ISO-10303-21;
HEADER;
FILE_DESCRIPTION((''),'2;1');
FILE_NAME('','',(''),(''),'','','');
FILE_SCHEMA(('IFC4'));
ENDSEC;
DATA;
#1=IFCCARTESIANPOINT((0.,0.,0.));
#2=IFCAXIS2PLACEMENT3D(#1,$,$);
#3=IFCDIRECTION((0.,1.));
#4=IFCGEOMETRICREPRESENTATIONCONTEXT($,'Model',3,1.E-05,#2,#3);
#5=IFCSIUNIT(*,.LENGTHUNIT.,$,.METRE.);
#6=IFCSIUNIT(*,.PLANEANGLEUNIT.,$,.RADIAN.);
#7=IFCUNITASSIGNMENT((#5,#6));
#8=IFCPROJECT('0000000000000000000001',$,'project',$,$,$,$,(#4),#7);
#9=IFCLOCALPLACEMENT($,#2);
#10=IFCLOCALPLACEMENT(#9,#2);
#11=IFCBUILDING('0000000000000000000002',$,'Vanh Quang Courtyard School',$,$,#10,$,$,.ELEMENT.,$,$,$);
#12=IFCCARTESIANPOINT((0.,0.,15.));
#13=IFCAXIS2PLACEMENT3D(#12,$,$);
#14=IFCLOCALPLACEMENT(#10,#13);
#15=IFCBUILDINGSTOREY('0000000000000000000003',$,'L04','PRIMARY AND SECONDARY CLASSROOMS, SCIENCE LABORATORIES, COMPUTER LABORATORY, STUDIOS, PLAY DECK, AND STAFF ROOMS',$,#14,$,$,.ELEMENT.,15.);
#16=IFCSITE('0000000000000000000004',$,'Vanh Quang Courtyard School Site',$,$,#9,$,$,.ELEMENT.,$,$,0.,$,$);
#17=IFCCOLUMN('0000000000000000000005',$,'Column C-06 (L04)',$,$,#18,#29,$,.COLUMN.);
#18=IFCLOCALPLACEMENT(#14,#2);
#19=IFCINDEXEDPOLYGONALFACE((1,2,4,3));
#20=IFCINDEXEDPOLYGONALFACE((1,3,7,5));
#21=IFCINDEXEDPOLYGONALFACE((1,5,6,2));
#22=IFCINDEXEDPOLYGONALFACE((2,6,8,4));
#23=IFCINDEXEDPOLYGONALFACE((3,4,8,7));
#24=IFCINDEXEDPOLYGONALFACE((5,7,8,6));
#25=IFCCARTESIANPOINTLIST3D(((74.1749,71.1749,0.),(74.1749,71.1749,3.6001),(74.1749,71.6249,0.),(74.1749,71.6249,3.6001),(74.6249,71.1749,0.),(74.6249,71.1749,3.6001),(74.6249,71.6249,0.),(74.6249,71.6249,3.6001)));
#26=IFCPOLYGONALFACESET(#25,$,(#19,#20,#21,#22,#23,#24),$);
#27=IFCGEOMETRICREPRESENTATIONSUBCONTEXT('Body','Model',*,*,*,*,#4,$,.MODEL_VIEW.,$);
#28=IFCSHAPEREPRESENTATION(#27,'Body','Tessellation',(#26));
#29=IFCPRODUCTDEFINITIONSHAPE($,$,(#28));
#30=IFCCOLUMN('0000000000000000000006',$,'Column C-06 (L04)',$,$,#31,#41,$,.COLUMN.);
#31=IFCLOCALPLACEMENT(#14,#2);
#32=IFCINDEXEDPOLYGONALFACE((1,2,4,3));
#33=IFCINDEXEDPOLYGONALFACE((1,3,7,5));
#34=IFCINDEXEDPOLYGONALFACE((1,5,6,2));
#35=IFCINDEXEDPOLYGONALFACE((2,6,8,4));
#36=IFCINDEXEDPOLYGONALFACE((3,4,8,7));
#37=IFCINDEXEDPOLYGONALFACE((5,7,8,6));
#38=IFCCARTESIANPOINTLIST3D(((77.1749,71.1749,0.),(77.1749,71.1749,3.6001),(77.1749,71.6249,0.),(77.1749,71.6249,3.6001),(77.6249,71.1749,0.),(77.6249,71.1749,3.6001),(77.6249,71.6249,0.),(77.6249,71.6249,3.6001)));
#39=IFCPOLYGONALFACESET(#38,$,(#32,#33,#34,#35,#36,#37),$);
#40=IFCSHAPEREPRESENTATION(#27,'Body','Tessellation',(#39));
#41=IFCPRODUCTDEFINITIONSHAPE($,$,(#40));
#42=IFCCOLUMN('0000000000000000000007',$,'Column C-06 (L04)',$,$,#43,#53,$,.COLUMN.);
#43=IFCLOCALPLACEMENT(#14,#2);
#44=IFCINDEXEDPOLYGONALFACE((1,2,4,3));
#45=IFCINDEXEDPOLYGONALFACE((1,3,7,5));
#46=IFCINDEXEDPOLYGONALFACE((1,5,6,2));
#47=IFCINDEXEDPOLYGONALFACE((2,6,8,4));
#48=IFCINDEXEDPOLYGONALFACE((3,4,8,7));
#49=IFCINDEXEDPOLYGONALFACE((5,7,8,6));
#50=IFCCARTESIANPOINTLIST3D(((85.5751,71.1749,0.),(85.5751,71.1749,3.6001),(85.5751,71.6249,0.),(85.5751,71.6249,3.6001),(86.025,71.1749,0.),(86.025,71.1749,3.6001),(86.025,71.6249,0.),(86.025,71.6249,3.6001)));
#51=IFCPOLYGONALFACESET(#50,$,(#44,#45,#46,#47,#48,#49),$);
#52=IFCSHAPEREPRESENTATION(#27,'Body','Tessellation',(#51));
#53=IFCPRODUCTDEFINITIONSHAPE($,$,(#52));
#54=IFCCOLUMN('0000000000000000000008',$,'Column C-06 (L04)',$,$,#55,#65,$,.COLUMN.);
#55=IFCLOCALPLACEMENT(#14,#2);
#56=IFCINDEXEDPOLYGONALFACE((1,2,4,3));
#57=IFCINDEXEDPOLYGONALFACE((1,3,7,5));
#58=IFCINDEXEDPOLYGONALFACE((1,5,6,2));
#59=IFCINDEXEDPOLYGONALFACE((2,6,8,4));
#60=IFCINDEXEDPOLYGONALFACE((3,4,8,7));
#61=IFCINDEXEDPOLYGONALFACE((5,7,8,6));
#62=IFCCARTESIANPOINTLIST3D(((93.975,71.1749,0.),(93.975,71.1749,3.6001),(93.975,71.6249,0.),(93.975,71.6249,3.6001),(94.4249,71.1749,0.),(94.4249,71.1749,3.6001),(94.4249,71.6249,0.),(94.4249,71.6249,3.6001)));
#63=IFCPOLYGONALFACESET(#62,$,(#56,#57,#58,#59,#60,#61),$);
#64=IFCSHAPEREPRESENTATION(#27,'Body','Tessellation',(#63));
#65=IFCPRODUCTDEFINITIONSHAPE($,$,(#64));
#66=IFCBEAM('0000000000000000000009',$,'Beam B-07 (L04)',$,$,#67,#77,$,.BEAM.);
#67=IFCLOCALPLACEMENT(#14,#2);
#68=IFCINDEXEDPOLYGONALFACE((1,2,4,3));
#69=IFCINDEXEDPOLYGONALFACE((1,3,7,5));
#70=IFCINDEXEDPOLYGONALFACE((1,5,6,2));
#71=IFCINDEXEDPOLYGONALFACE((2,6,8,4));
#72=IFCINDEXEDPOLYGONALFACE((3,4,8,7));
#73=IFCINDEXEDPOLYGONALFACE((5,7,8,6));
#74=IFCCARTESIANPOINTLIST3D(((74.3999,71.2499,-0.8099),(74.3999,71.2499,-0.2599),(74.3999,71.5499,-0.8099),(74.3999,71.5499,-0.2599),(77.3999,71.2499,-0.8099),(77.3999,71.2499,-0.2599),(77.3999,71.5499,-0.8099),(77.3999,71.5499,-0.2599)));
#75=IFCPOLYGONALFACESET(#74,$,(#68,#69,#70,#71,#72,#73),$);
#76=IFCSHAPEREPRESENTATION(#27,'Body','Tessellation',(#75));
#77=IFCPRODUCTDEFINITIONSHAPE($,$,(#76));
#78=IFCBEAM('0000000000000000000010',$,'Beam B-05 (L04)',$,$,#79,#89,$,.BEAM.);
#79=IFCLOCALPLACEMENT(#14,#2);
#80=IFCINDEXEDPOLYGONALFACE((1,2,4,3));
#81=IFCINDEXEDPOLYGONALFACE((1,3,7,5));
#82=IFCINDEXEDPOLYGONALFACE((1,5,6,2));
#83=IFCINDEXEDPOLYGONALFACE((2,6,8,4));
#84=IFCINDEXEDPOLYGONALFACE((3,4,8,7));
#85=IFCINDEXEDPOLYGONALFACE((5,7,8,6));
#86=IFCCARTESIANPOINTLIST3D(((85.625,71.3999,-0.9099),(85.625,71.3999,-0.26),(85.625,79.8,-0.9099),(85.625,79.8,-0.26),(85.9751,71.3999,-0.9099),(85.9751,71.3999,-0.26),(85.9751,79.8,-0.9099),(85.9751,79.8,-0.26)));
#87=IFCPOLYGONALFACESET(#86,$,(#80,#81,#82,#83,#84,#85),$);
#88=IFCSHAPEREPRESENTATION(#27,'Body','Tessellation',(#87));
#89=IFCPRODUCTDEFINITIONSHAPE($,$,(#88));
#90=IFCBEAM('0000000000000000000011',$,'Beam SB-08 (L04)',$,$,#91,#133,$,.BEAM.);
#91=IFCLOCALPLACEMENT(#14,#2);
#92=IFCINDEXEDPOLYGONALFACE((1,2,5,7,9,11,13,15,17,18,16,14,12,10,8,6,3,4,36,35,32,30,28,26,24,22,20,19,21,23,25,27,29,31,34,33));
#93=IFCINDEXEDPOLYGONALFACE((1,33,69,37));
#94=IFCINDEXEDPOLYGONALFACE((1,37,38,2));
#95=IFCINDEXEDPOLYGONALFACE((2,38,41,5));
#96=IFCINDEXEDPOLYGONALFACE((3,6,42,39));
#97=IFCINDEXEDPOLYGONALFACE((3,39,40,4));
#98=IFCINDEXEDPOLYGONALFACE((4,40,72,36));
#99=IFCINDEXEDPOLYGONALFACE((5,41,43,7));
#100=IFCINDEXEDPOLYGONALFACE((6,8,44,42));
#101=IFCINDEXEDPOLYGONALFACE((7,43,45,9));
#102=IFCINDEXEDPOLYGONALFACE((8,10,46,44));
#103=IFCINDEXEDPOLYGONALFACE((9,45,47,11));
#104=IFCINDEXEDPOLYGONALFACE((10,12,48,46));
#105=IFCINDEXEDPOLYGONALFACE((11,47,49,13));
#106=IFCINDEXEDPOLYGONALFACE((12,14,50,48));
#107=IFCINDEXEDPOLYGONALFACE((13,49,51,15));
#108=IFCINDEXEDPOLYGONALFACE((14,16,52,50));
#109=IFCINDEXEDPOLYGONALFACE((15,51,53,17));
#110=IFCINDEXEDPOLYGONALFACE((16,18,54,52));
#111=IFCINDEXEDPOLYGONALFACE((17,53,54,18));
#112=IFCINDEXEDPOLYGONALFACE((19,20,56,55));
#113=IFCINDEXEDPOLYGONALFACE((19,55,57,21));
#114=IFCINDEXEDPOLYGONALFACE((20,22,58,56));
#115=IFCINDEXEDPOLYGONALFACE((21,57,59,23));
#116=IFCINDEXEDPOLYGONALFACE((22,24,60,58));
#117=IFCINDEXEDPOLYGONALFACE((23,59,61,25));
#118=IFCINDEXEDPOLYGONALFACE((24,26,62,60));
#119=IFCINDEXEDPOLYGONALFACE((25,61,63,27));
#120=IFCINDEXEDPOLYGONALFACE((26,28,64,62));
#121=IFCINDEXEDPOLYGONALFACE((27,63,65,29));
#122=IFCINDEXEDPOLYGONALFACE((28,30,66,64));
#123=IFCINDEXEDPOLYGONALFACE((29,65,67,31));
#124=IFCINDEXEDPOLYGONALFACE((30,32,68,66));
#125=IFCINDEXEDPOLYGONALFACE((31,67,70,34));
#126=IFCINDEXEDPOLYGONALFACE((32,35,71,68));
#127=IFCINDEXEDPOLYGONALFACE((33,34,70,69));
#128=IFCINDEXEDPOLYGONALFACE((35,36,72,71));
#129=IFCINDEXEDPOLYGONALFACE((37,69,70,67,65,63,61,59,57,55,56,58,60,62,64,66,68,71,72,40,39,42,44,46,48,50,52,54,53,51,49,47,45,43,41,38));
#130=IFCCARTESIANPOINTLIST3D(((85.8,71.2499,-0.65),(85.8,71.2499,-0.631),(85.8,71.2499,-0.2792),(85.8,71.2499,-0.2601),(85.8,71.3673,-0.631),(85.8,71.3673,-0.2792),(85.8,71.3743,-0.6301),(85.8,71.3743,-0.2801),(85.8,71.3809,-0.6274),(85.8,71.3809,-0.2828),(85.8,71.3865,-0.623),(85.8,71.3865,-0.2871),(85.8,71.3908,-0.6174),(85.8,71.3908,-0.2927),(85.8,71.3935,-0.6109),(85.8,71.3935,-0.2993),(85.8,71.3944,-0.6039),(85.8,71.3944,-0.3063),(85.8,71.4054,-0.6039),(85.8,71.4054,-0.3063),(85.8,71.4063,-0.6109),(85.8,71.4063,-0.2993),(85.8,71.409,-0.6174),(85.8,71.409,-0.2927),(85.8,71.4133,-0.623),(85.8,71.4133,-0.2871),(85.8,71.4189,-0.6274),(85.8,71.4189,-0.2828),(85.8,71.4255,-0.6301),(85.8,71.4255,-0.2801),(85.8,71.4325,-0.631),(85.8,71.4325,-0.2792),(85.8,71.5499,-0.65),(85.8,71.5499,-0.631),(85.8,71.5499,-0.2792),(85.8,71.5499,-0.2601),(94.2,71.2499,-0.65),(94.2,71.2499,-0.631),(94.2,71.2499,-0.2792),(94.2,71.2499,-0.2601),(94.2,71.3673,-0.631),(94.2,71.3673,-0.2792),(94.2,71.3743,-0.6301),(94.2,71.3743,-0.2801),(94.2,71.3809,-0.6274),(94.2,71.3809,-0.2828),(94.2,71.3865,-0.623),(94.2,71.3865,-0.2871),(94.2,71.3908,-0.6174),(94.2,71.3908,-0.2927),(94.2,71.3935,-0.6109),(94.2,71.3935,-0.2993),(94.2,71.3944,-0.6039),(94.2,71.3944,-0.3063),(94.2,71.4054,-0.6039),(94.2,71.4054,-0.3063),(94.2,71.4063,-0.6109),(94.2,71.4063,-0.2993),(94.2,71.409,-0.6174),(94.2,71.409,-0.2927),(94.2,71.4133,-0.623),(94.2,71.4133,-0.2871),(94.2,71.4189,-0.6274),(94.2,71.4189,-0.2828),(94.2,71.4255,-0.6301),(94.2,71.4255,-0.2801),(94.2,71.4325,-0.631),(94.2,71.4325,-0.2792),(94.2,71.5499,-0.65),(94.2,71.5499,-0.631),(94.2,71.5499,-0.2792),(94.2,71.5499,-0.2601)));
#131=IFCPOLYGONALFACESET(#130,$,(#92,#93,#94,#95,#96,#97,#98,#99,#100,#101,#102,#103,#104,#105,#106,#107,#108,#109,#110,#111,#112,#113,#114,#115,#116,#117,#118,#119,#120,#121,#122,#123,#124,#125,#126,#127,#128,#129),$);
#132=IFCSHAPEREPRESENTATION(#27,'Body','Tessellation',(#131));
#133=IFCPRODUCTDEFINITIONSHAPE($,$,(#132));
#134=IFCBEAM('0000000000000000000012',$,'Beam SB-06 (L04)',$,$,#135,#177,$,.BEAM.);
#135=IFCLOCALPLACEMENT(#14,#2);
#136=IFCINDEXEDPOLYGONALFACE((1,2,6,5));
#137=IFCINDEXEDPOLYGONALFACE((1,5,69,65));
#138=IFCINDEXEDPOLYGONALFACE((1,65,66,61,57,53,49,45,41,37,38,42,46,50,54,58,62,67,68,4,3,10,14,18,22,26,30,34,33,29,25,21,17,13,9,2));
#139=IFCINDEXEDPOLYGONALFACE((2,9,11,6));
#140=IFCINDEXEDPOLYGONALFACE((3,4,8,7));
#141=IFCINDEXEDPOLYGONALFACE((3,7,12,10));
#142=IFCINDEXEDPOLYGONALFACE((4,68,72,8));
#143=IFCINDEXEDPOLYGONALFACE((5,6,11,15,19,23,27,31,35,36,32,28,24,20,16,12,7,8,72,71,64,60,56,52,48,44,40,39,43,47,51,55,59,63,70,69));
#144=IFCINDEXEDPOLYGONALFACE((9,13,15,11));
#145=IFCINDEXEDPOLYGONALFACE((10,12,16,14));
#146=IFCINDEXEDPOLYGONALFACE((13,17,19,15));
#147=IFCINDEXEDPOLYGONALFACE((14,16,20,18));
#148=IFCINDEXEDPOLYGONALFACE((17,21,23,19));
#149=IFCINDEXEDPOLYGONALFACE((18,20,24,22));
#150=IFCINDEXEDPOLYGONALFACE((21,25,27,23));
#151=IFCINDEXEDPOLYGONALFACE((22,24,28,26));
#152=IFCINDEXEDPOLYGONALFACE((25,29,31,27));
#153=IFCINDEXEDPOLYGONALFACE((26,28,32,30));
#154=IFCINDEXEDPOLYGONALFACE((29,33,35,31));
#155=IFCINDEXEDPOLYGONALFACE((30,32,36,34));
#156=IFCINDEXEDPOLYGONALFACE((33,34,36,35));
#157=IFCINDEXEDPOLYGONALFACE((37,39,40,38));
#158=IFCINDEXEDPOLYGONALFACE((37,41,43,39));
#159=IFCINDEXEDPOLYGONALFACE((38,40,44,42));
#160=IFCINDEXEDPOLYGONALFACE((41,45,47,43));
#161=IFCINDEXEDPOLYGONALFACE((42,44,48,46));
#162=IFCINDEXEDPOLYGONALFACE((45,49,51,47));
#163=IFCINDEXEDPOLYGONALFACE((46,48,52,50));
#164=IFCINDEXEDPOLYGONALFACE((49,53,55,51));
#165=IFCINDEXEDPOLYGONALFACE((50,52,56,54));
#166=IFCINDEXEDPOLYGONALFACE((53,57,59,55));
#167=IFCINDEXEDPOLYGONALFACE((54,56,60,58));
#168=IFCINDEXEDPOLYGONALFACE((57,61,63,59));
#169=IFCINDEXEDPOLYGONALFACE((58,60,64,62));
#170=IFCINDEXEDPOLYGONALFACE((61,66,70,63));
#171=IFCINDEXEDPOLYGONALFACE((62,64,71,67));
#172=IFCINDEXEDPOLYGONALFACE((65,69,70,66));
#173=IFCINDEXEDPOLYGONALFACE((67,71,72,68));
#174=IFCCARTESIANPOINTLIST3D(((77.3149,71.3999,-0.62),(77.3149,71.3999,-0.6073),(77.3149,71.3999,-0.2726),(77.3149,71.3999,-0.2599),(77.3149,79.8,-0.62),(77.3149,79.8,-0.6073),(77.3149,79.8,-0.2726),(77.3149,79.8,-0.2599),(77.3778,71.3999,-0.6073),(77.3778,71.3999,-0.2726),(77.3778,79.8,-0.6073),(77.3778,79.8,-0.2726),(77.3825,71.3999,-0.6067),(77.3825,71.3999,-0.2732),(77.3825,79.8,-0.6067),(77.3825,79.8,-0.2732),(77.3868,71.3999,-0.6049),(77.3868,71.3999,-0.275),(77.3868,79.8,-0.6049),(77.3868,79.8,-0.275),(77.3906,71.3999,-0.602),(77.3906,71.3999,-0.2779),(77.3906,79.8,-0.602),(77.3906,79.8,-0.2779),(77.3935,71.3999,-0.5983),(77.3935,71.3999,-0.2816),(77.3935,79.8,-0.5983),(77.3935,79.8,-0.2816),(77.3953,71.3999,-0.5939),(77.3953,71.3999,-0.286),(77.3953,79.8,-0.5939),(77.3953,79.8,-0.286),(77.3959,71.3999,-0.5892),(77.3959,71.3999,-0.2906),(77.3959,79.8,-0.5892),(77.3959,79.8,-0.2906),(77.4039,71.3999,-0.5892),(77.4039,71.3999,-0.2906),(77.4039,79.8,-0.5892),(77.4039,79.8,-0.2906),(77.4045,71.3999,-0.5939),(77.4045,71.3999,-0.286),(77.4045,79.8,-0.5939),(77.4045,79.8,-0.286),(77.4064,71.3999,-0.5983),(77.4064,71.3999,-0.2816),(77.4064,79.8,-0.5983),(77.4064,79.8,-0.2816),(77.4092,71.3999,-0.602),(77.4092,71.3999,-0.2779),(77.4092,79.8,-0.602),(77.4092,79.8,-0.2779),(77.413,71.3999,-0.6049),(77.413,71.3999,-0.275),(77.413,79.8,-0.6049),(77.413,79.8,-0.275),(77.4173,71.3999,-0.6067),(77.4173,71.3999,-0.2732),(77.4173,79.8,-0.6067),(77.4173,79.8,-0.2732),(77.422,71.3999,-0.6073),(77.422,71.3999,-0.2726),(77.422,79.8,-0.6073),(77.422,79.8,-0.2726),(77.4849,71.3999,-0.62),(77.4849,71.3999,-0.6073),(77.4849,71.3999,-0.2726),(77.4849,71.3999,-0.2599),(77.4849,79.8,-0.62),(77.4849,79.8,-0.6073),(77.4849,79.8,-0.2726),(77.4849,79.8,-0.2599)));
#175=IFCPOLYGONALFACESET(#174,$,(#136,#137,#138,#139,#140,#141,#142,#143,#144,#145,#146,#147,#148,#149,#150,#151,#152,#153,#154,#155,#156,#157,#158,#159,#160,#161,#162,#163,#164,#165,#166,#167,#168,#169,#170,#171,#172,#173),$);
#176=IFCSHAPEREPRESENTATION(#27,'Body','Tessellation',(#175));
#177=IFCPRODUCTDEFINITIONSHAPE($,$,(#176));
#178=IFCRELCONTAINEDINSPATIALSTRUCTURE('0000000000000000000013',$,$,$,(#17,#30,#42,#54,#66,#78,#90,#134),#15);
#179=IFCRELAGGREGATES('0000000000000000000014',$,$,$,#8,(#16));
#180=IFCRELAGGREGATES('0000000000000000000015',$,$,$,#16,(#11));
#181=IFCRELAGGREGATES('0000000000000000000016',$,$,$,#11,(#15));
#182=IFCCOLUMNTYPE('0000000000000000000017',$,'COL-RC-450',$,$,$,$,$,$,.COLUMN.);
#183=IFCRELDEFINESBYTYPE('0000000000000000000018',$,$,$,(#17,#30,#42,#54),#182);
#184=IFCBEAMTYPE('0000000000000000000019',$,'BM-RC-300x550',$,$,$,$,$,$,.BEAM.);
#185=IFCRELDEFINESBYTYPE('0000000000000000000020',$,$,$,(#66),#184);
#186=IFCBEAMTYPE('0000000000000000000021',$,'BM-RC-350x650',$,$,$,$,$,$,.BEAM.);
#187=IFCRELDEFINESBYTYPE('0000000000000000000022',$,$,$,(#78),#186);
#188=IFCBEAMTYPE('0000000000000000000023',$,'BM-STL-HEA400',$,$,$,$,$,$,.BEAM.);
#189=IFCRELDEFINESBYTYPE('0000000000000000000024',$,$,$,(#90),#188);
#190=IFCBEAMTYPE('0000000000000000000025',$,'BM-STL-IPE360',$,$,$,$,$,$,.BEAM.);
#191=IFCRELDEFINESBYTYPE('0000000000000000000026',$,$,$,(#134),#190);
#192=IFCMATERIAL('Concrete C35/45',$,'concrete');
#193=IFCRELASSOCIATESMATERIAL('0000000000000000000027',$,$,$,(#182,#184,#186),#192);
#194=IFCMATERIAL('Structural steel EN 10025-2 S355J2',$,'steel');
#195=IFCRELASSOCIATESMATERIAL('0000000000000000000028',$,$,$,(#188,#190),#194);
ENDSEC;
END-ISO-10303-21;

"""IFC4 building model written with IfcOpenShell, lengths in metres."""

from ifc_helpers import new_model, si_unit, direction, frame, origin, origin_2d, place, context, subcontext, project, spatial, rectangle, i_section, extrude, material, material_profile, profile_set, type_object, element, save


model = new_model("IFC4")

# Units and contexts
model_context = context("Model", 3, precision=1e-05, world=origin(), true_north=direction((0.0, 1.0)))
body_context = subcontext(model_context, "Body", "Model", "MODEL_VIEW")
ifc_project = project(units=[si_unit("LENGTHUNIT", "METRE"), si_unit("PLANEANGLEUNIT", "RADIAN")], contexts=[model_context])

# Site, building, storey
site_placement = place(None, origin())
site = spatial("IfcSite", under=ifc_project, at=site_placement, Name="Vanh Quang Courtyard School Site", CompositionType="ELEMENT", RefElevation=0.0)
building_placement = place(site_placement, origin())
building = spatial("IfcBuilding", under=site, at=building_placement, Name="Vanh Quang Courtyard School", CompositionType="ELEMENT")
storey_placement = place(building_placement, frame((0.0, 0.0, 15.0)))
storey = spatial("IfcBuildingStorey", under=building, at=storey_placement, Name="L04", Description="PRIMARY AND SECONDARY CLASSROOMS, SCIENCE LABORATORIES, COMPUTER LABORATORY, STUDIOS, PLAY DECK, AND STAFF ROOMS", CompositionType="ELEMENT", Elevation=15.0)

# Columns
ifc_material_1 = material(Name="Concrete C35/45", Category="concrete")
ifc_material_profile_1 = material_profile(ifc_material_1, rectangle(XDim=0.45, YDim=0.45, at=origin_2d()), Name="RC-COL 450x450")
ifc_profile_set_1 = profile_set([ifc_material_profile_1], Name="Concrete C35/45")
column_type = type_object("IfcColumnType", Name="COL-RC-450", PredefinedType="COLUMN", material=ifc_profile_set_1)
for number, where, z_axis, x_axis, name in (
    (1, (74.3999, 71.3999, 0.0), (0.0, 0.0, 1.0), (1.0, 0.0, 0.0), "Column C-06 (L04)"),
    (2, (77.3999, 71.3999, 0.0), (0.0, 0.0, 1.0), (1.0, 0.0, 0.0), "Column C-06 (L04)"),
    (3, (85.8, 71.3999, 0.0), (0.0, 0.0, 1.0), (1.0, 0.0, 0.0), "Column C-06 (L04)"),
    (4, (94.2, 71.3999, 0.0), (0.0, 0.0, 1.0), (1.0, 0.0, 0.0), "Column C-06 (L04)"),
):
    element("IfcColumn", number, at=place(storey_placement, frame(where, z_axis=z_axis, x_axis=x_axis)), inside=storey, type_object=column_type, Name=name, PredefinedType="COLUMN", context=body_context, shape_type="SweptSolid", body=[
        extrude(rectangle(XDim=0.45, YDim=0.45, at=origin_2d()), origin(), (0.0, 0.0, 1.0), 3.6001),
    ])

# Beams
ifc_material_profile_2 = material_profile(ifc_material_1, rectangle(XDim=0.3, YDim=0.55, at=origin_2d()), Name="RC-BM 300x550")
ifc_profile_set_2 = profile_set([ifc_material_profile_2], Name="Concrete C35/45")
beam_type_1 = type_object("IfcBeamType", Name="BM-RC-300x550", PredefinedType="BEAM", material=ifc_profile_set_2)
beam_1_placement = place(storey_placement, frame((74.3999, 71.3999, -0.5349), z_axis=(1.0, 0.0, 0.0), x_axis=(0.0, 1.0, 0.0)))
element("IfcBeam", 5, at=beam_1_placement, inside=storey, type_object=beam_type_1, Name="Beam B-07 (L04)", PredefinedType="BEAM", context=body_context, shape_type="SweptSolid", body=[
    extrude(rectangle(XDim=0.3, YDim=0.55, at=origin_2d()), origin(), (0.0, 0.0, 1.0), 3.0),
])
ifc_material_profile_3 = material_profile(ifc_material_1, rectangle(XDim=0.3501, YDim=0.6499, at=origin_2d()), Name="RC-BM 350x650")
ifc_profile_set_3 = profile_set([ifc_material_profile_3], Name="Concrete C35/45")
beam_type_2 = type_object("IfcBeamType", Name="BM-RC-350x650", PredefinedType="BEAM", material=ifc_profile_set_3)
beam_2_placement = place(storey_placement, frame((85.8, 71.3999, -0.585), z_axis=(0.0, 1.0, 0.0), x_axis=(-1.0, 0.0, 0.0)))
element("IfcBeam", 6, at=beam_2_placement, inside=storey, type_object=beam_type_2, Name="Beam B-05 (L04)", PredefinedType="BEAM", context=body_context, shape_type="SweptSolid", body=[
    extrude(rectangle(XDim=0.3501, YDim=0.6499, at=origin_2d()), origin(), (0.0, 0.0, 1.0), 8.4001),
])
ifc_material_2 = material(Name="Structural steel EN 10025-2 S355J2", Category="steel")
ifc_material_profile_4 = material_profile(ifc_material_2, i_section(OverallWidth=0.3, OverallDepth=0.3899, WebThickness=0.011, FlangeThickness=0.019, FilletRadius=0.0271, at=origin_2d()), Name="HEA 400")
ifc_profile_set_4 = profile_set([ifc_material_profile_4], Name="Structural steel EN 10025-2 S355J2")
beam_type_3 = type_object("IfcBeamType", Name="BM-STL-HEA400", PredefinedType="BEAM", material=ifc_profile_set_4)
beam_3_placement = place(storey_placement, frame((85.8, 71.3999, -0.4551), z_axis=(1.0, 0.0, 0.0), x_axis=(0.0, 1.0, 0.0)))
element("IfcBeam", 7, at=beam_3_placement, inside=storey, type_object=beam_type_3, Name="Beam SB-08 (L04)", PredefinedType="BEAM", context=body_context, shape_type="SweptSolid", body=[
    extrude(i_section(OverallWidth=0.3, OverallDepth=0.3899, WebThickness=0.011, FlangeThickness=0.019, FilletRadius=0.0271, at=origin_2d()), origin(), (0.0, 0.0, 1.0), 8.3999),
])
ifc_material_profile_5 = material_profile(ifc_material_2, i_section(OverallWidth=0.1699, OverallDepth=0.3601, WebThickness=0.0081, FlangeThickness=0.0127, FilletRadius=0.0181, at=origin_2d()), Name="IPE 360")
ifc_profile_set_5 = profile_set([ifc_material_profile_5], Name="Structural steel EN 10025-2 S355J2")
beam_type_4 = type_object("IfcBeamType", Name="BM-STL-IPE360", PredefinedType="BEAM", material=ifc_profile_set_5)
beam_4_placement = place(storey_placement, frame((77.3999, 71.3999, -0.4399), z_axis=(0.0, 1.0, 0.0), x_axis=(-1.0, 0.0, 0.0)))
element("IfcBeam", 8, at=beam_4_placement, inside=storey, type_object=beam_type_4, Name="Beam SB-06 (L04)", PredefinedType="BEAM", context=body_context, shape_type="SweptSolid", body=[
    extrude(i_section(OverallWidth=0.1699, OverallDepth=0.3601, WebThickness=0.0081, FlangeThickness=0.0127, FilletRadius=0.0181, at=origin_2d()), origin(), (0.0, 0.0, 1.0), 8.4001),
])

save(model, "model.ifc")
